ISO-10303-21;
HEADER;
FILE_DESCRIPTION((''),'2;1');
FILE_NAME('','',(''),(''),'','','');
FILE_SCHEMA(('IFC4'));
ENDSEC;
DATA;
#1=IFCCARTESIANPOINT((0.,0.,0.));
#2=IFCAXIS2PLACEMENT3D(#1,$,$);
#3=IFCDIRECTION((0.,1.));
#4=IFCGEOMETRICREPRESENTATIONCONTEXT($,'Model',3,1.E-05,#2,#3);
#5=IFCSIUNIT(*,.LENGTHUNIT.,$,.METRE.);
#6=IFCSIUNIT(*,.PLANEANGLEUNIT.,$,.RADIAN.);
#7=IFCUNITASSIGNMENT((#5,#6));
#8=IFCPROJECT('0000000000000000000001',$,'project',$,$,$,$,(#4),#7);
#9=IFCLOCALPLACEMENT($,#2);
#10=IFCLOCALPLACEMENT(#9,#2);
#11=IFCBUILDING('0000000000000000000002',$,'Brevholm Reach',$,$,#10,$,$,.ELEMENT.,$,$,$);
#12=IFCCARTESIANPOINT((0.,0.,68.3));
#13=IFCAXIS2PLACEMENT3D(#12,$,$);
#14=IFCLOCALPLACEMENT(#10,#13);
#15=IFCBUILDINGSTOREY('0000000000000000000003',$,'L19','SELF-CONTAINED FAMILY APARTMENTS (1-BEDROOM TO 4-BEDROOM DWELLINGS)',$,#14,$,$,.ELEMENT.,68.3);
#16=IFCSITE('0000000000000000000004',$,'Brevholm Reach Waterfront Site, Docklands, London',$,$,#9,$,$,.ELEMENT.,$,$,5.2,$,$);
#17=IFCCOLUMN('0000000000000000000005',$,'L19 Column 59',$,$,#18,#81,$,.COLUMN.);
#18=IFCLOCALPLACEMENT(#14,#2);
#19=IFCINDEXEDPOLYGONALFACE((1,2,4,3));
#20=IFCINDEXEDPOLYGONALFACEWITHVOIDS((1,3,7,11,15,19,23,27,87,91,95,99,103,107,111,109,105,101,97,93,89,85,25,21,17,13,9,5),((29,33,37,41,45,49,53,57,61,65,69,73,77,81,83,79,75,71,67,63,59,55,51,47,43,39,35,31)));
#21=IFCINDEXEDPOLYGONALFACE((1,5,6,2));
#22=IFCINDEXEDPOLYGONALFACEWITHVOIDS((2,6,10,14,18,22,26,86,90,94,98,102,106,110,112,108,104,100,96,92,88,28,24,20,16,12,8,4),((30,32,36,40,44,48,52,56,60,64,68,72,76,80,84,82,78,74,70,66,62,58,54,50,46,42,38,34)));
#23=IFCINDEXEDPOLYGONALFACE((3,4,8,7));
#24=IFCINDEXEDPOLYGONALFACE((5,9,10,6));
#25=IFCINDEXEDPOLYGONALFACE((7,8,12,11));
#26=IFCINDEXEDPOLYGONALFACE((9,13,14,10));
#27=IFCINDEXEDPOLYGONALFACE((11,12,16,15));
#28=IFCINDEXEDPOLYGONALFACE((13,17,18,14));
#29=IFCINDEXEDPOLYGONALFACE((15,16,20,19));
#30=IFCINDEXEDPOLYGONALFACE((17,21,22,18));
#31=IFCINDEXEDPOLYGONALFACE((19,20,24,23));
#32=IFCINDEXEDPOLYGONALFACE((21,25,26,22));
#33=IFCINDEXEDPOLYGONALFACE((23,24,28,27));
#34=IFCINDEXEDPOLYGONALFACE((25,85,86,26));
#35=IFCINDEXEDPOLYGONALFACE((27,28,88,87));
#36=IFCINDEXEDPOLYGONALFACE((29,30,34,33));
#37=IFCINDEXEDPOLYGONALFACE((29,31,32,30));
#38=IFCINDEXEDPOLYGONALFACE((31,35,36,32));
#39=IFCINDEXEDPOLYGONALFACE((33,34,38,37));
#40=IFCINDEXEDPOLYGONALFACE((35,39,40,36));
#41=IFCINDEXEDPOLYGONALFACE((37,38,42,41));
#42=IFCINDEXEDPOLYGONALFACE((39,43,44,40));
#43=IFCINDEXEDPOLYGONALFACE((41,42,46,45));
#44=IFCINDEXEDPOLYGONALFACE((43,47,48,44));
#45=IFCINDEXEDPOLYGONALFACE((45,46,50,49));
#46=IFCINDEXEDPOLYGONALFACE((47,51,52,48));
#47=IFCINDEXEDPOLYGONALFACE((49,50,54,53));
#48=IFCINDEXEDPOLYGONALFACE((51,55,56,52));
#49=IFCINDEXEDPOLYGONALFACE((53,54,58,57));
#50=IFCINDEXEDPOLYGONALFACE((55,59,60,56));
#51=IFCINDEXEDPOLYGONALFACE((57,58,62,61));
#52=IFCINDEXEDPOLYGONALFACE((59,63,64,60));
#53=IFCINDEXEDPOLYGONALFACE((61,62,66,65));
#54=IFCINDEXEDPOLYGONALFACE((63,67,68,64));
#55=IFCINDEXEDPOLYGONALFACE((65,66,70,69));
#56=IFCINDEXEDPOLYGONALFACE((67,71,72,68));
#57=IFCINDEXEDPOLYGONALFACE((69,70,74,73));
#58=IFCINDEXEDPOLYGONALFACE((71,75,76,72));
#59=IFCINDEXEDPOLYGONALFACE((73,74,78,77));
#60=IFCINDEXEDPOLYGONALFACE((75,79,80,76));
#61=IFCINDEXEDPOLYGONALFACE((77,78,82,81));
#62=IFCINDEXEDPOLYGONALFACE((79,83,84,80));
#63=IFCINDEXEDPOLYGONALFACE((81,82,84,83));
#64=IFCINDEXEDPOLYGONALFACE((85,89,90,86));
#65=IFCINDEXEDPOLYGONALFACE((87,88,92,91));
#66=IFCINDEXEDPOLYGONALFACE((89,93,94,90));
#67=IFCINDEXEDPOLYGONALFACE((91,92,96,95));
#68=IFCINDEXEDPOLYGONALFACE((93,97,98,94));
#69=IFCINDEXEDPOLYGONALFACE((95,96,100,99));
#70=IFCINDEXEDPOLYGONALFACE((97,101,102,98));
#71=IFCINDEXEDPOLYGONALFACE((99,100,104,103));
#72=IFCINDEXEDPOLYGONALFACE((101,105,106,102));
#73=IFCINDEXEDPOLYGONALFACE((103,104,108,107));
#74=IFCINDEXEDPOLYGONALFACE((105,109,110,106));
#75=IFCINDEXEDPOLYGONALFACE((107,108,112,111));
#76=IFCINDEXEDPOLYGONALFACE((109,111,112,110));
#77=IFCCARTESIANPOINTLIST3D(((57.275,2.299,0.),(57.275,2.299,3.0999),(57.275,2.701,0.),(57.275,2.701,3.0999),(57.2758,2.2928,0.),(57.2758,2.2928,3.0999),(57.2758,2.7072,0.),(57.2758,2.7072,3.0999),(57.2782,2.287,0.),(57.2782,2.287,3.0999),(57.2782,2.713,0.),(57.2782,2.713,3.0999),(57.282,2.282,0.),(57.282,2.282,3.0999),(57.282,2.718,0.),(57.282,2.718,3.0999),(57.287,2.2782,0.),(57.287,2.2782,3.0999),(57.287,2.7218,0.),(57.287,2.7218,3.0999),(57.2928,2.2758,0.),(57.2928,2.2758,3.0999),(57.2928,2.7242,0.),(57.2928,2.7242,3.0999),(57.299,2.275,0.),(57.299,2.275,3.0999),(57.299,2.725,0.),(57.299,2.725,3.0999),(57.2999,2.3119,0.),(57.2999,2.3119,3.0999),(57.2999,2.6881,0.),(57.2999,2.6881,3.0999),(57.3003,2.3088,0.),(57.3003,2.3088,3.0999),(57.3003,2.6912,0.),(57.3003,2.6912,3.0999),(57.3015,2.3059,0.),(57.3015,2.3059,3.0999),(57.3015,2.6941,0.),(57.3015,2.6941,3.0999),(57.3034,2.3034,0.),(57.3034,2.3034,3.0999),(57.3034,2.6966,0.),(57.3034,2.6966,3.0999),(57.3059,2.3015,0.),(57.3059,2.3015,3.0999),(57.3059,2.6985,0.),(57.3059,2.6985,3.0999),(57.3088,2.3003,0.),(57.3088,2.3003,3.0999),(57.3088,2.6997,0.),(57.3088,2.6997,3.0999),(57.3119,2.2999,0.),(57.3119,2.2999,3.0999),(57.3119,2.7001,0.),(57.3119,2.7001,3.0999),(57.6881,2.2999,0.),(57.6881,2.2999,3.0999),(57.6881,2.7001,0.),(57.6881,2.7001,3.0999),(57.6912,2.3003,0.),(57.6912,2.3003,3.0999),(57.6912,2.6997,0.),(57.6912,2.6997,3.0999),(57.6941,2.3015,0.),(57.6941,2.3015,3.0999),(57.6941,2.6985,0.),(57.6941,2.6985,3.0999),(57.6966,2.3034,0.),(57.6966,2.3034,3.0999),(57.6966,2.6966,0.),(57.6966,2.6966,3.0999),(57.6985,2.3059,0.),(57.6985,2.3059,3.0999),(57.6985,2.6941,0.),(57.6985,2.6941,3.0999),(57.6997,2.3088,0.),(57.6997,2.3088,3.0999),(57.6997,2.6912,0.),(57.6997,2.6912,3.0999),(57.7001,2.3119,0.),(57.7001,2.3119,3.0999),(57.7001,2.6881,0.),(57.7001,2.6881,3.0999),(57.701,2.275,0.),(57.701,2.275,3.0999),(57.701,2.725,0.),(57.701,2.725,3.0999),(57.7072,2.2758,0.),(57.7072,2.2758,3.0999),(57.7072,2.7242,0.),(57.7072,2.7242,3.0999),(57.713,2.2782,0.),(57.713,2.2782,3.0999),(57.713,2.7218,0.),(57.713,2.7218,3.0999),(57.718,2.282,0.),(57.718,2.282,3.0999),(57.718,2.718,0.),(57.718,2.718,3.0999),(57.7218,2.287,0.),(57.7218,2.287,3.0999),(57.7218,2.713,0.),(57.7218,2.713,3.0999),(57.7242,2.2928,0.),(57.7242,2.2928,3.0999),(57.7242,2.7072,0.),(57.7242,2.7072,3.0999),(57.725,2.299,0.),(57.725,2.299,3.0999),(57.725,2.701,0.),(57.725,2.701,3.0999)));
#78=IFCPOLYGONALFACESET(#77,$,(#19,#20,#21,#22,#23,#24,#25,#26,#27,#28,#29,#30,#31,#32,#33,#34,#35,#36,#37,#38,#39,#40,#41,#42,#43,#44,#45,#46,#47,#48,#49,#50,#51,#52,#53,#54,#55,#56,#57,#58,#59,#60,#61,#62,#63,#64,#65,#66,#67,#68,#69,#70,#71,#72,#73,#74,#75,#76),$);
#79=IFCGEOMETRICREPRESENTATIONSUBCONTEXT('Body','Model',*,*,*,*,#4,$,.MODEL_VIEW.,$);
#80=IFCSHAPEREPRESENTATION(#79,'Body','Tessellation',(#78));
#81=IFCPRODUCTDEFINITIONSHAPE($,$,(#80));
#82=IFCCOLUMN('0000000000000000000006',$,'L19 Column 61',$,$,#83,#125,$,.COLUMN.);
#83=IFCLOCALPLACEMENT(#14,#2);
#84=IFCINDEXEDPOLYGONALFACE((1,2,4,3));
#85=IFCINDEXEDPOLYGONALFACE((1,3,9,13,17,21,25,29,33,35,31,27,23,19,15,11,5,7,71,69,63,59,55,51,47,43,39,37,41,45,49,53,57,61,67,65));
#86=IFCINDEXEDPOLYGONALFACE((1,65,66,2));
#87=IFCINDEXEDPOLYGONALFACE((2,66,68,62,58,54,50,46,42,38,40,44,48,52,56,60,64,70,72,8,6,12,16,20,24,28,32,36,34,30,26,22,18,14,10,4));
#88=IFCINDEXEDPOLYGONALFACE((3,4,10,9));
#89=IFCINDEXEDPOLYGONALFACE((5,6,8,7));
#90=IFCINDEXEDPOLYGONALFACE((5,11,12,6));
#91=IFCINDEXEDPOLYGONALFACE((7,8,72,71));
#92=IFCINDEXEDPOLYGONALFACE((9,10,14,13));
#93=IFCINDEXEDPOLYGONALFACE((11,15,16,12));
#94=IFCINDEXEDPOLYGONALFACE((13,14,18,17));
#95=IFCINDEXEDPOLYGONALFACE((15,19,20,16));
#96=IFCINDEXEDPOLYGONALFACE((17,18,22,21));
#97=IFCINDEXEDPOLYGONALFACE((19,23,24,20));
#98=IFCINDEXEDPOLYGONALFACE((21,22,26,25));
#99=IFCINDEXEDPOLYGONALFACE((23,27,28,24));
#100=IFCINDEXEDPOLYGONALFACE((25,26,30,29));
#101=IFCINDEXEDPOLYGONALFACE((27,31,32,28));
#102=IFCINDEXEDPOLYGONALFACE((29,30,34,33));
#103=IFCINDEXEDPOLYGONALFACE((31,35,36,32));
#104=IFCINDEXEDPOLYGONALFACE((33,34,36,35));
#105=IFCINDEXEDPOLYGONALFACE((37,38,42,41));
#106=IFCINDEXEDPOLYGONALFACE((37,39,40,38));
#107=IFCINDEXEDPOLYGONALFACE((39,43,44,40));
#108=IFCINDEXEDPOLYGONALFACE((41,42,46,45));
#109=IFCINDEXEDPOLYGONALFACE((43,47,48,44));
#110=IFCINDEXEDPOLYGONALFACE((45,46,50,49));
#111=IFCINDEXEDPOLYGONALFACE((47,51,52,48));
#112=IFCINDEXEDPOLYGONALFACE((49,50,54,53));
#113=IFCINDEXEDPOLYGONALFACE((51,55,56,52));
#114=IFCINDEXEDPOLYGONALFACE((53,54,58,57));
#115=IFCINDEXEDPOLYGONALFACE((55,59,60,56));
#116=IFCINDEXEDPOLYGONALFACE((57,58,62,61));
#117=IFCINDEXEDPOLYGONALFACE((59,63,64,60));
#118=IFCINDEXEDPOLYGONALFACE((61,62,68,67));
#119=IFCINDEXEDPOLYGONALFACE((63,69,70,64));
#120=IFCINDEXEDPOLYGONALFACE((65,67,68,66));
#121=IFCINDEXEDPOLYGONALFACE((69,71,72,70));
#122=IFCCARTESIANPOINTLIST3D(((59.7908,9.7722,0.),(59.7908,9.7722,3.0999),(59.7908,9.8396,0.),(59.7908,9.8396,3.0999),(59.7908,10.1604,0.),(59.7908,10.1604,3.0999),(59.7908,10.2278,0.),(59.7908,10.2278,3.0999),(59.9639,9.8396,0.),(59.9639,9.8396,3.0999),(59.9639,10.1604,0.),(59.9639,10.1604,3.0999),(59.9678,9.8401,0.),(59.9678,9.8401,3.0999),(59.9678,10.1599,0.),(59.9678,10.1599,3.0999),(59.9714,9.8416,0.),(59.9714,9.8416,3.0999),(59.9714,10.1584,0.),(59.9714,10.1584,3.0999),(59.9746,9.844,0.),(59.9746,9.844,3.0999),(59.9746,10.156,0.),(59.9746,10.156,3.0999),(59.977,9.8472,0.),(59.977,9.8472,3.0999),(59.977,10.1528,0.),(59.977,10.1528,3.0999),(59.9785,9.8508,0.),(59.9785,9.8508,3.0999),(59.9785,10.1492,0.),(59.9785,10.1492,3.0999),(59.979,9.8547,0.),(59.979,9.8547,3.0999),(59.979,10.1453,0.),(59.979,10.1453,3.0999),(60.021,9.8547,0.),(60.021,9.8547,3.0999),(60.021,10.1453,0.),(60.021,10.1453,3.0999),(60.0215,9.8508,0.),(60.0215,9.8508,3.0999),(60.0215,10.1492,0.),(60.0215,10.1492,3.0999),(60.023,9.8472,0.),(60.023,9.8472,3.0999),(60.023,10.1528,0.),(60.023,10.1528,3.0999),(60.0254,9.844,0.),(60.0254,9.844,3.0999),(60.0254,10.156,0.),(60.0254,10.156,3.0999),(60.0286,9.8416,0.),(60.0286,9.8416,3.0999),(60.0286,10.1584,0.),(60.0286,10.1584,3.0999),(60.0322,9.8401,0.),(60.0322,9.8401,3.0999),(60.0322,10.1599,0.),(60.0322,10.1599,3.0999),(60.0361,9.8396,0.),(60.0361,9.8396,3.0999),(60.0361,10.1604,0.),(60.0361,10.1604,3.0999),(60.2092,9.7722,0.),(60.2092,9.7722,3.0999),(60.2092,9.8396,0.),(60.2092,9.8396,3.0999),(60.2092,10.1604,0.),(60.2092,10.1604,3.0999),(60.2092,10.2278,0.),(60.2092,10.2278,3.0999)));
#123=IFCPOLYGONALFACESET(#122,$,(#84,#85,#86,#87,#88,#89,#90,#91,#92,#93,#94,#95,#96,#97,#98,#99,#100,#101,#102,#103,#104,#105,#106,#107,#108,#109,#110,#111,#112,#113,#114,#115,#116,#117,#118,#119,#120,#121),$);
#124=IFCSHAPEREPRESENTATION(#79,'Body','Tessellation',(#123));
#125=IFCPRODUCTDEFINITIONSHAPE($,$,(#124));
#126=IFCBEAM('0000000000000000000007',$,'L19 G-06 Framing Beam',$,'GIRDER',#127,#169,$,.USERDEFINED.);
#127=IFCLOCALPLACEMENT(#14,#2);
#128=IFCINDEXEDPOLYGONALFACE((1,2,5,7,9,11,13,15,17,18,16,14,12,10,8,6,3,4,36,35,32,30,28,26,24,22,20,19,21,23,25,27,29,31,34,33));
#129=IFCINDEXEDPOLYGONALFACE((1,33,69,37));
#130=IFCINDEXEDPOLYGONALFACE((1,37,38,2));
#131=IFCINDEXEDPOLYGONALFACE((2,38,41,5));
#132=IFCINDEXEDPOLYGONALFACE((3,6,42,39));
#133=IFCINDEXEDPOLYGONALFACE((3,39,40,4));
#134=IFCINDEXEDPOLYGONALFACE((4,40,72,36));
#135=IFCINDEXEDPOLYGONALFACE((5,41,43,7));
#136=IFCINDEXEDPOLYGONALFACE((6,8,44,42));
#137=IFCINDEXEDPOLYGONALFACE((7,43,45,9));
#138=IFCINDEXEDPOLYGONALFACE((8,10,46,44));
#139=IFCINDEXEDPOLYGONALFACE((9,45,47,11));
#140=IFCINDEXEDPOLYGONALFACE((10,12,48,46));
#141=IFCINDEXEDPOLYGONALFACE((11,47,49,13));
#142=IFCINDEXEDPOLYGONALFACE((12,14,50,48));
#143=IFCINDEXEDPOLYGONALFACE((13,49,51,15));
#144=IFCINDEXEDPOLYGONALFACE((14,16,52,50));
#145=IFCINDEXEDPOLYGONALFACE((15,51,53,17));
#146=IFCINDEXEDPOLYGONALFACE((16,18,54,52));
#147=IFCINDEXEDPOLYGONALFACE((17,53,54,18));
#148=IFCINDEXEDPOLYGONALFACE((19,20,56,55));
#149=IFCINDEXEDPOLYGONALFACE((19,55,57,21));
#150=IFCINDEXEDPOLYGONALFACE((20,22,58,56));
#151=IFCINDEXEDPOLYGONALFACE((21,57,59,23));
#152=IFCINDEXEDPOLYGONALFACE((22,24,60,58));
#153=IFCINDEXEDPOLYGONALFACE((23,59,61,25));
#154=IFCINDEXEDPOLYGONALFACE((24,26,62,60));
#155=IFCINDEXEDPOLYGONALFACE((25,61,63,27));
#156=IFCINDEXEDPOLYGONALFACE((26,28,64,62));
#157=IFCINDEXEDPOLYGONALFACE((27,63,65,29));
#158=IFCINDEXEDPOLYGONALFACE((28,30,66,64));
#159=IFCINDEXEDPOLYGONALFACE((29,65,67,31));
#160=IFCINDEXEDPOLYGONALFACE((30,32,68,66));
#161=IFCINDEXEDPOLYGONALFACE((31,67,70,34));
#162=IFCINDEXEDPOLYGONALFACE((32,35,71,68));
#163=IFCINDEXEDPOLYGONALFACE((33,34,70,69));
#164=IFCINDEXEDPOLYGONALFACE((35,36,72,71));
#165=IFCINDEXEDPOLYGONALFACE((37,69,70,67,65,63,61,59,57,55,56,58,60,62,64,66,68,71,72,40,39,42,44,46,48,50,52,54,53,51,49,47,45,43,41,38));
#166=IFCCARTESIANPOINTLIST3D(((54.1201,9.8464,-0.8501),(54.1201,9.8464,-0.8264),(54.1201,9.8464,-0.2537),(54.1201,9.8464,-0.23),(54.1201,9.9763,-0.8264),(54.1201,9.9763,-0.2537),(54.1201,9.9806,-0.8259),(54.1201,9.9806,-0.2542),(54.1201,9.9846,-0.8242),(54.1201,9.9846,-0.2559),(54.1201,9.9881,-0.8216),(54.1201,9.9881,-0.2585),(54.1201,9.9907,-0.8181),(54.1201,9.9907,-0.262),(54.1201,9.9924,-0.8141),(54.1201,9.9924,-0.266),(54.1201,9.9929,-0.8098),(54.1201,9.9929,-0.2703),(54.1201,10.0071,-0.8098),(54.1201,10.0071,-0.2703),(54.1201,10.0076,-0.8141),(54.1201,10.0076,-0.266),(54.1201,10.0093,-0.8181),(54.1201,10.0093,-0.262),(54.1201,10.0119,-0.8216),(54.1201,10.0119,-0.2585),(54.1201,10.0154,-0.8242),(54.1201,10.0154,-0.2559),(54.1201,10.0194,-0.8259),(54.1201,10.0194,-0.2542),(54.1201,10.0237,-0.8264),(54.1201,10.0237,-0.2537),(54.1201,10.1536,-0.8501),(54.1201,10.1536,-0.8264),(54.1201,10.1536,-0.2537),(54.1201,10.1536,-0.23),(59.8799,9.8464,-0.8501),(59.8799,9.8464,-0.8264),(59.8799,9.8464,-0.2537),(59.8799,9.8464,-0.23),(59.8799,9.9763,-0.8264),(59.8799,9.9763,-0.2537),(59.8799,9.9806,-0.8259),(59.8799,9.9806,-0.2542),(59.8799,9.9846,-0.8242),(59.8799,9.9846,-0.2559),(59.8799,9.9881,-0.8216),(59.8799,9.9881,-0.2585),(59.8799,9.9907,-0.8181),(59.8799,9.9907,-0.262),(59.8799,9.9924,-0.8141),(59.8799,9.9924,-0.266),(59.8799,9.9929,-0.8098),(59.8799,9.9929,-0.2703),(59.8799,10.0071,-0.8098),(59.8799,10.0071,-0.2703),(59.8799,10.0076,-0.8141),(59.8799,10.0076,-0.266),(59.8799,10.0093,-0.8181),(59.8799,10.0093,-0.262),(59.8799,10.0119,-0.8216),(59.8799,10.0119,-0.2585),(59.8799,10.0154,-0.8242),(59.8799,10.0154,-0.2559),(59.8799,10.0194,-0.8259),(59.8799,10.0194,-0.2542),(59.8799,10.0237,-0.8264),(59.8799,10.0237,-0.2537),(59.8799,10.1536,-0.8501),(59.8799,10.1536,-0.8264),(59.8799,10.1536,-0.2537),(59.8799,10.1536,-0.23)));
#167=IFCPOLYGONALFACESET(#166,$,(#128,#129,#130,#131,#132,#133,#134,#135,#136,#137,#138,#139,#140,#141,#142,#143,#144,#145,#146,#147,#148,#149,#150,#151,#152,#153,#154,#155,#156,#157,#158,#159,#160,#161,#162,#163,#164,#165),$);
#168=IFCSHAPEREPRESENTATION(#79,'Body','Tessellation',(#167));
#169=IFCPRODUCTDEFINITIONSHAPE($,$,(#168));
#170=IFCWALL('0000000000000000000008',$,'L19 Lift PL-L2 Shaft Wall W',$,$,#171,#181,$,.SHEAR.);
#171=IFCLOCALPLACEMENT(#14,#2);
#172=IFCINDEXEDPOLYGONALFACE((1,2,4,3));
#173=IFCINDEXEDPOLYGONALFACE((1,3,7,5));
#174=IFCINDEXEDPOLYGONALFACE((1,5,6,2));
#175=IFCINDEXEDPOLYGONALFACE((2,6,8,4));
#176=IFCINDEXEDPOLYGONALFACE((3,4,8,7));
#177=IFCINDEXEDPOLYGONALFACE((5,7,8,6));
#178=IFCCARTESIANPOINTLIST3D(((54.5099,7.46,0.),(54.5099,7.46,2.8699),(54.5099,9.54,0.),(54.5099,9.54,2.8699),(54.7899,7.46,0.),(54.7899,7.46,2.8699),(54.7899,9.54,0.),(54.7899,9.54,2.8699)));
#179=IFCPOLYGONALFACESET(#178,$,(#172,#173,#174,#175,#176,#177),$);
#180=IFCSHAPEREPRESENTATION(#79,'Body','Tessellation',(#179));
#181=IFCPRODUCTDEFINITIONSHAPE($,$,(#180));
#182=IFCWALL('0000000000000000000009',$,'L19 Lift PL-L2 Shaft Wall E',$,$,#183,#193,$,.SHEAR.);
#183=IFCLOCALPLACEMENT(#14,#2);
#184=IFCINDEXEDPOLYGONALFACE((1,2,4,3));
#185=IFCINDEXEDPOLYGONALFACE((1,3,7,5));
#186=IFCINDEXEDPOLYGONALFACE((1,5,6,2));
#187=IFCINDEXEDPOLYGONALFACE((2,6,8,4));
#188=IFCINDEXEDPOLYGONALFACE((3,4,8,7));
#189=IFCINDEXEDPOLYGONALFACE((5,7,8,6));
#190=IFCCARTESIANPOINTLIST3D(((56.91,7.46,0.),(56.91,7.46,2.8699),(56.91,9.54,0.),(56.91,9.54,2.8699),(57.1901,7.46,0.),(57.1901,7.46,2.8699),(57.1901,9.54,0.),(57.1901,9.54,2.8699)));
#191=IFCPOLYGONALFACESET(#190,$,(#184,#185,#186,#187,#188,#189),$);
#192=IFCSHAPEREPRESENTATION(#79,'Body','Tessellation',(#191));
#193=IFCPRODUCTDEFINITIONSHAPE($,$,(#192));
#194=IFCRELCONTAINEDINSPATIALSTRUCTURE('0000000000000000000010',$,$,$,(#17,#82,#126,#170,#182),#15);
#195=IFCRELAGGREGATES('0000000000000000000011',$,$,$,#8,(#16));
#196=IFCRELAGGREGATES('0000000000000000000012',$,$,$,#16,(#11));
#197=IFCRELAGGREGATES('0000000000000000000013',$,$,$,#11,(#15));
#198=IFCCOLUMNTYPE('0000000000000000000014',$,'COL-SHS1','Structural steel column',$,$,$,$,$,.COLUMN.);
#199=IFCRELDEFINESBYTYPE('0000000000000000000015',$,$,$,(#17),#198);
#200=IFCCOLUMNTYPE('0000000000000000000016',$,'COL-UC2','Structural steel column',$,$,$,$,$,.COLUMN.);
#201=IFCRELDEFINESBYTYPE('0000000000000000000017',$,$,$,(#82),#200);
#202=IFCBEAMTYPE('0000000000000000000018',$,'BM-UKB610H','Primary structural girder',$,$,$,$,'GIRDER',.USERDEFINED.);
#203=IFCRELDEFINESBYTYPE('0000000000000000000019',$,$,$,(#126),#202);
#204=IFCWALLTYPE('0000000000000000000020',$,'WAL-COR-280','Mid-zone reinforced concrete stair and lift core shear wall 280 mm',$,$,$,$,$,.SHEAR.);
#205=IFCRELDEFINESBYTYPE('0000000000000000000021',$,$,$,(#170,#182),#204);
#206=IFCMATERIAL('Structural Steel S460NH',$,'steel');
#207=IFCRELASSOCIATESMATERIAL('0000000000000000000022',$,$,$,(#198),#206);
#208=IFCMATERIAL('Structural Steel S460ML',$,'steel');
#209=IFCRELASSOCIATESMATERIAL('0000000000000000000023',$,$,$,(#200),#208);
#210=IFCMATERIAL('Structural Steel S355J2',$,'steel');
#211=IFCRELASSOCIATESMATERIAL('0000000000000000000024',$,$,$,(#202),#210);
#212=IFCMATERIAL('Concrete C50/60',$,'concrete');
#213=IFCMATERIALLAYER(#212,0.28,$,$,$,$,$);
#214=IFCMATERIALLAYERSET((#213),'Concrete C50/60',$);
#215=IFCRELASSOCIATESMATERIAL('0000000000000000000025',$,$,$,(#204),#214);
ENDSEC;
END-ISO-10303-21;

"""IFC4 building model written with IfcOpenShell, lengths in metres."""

from ifc_helpers import new_model, si_unit, direction, frame, frame_2d, origin, origin_2d, place, context, subcontext, project, spatial, rectangle, hollow_rectangle, i_section, extrude, material, layer, layer_set, material_profile, profile_set, type_object, element, save


model = new_model("IFC4")

# Units and contexts
model_context = context("Model", 3, precision=1e-05, world=origin(), true_north=direction((0.0, 1.0)))
body_context = subcontext(model_context, "Body", "Model", "MODEL_VIEW")
ifc_project = project(units=[si_unit("LENGTHUNIT", "METRE"), si_unit("PLANEANGLEUNIT", "RADIAN")], contexts=[model_context])

# Site, building, storey
site_placement = place(None, origin())
site = spatial("IfcSite", under=ifc_project, at=site_placement, Name="Brevholm Reach Waterfront Site, Docklands, London", CompositionType="ELEMENT", RefElevation=5.2)
building_placement = place(site_placement, origin())
building = spatial("IfcBuilding", under=site, at=building_placement, Name="Brevholm Reach", CompositionType="ELEMENT")
storey_placement = place(building_placement, frame((0.0, 0.0, 68.3)))
storey = spatial("IfcBuildingStorey", under=building, at=storey_placement, Name="L19", Description="SELF-CONTAINED FAMILY APARTMENTS (1-BEDROOM TO 4-BEDROOM DWELLINGS)", CompositionType="ELEMENT", Elevation=68.3)

# Columns
ifc_material_1 = material(Name="Structural Steel S460NH", Category="steel")
ifc_material_profile_1 = material_profile(ifc_material_1, hollow_rectangle(XDim=0.45, YDim=0.45, WallThickness=0.0249, InnerFilletRadius=0.012, OuterFilletRadius=0.0239, at=origin_2d()), Name="SHS 450x450x25")
ifc_profile_set_1 = profile_set([ifc_material_profile_1], Name="Structural Steel S460NH")
column_type_1 = type_object("IfcColumnType", Name="COL-SHS1", Description="Structural steel column", PredefinedType="COLUMN", material=ifc_profile_set_1)
column_1_placement = place(storey_placement, frame((57.5, 2.5, 0.0), z_axis=(0.0, 0.0, 1.0), x_axis=(1.0, 0.0, 0.0)))
element("IfcColumn", 1, at=column_1_placement, inside=storey, type_object=column_type_1, Name="L19 Column 59", PredefinedType="COLUMN", context=body_context, shape_type="SweptSolid", body=[
    extrude(hollow_rectangle(XDim=0.45, YDim=0.45, WallThickness=0.0249, InnerFilletRadius=0.012, OuterFilletRadius=0.0239, at=origin_2d()), origin(), (0.0, 0.0, 1.0), 3.0999),
])
ifc_material_2 = material(Name="Structural Steel S460ML", Category="steel")
ifc_material_profile_2 = material_profile(ifc_material_2, i_section(OverallWidth=0.4185, OverallDepth=0.4556, WebThickness=0.042, FlangeThickness=0.0674, FilletRadius=0.0151, at=origin_2d()), Name="UKC 356x406x551")
ifc_profile_set_2 = profile_set([ifc_material_profile_2], Name="Structural Steel S460ML")
column_type_2 = type_object("IfcColumnType", Name="COL-UC2", Description="Structural steel column", PredefinedType="COLUMN", material=ifc_profile_set_2)
column_2_placement = place(storey_placement, frame((60.0, 10.0, 0.0), z_axis=(0.0, 0.0, 1.0), x_axis=(1.0, 0.0, 0.0)))
element("IfcColumn", 2, at=column_2_placement, inside=storey, type_object=column_type_2, Name="L19 Column 61", PredefinedType="COLUMN", context=body_context, shape_type="SweptSolid", body=[
    extrude(i_section(OverallWidth=0.4185, OverallDepth=0.4556, WebThickness=0.042, FlangeThickness=0.0674, FilletRadius=0.0151, at=origin_2d()), origin(), (0.0, 0.0, 1.0), 3.0999),
])

# Beam
ifc_material_3 = material(Name="Structural Steel S355J2", Category="steel")
ifc_material_profile_3 = material_profile(ifc_material_3, i_section(OverallWidth=0.3071, OverallDepth=0.6201, WebThickness=0.0142, FlangeThickness=0.0237, FilletRadius=0.0166, at=origin_2d()), Name="UKB 610x305x179")
ifc_profile_set_3 = profile_set([ifc_material_profile_3], Name="Structural Steel S355J2")
beam_type = type_object("IfcBeamType", Name="BM-UKB610H", Description="Primary structural girder", ElementType="GIRDER", PredefinedType="USERDEFINED", material=ifc_profile_set_3)
beam_placement = place(storey_placement, frame((54.1201, 10.0, -0.54), z_axis=(1.0, 0.0, 0.0), x_axis=(0.0, 1.0, 0.0)))
element("IfcBeam", 3, at=beam_placement, inside=storey, type_object=beam_type, Name="L19 G-06 Framing Beam", ObjectType="GIRDER", PredefinedType="USERDEFINED", context=body_context, shape_type="SweptSolid", body=[
    extrude(i_section(OverallWidth=0.3071, OverallDepth=0.6201, WebThickness=0.0142, FlangeThickness=0.0237, FilletRadius=0.0166, at=origin_2d()), origin(), (0.0, 0.0, 1.0), 5.7598),
])

# Walls
ifc_material_4 = material(Name="Concrete C50/60", Category="concrete")
ifc_layer_1 = layer(ifc_material_4, 0.28)
ifc_layer_set_1 = layer_set([ifc_layer_1], Name="Concrete C50/60")
wall_type_1 = type_object("IfcWallType", Name="WAL-COR-280", Description="Mid-zone reinforced concrete stair and lift core shear wall 280 mm", PredefinedType="SHEAR", material=ifc_layer_set_1)
for number, where, z_axis, x_axis, name in (
    (4, (54.6499, 7.46, 0.0), (0.0, 0.0, 1.0), (0.0, 1.0, 0.0), "L19 Lift PL-L2 Shaft Wall W"),
    (5, (57.05, 7.46, 0.0), (0.0, 0.0, 1.0), (0.0, 1.0, 0.0), "L19 Lift PL-L2 Shaft Wall E"),
):
    element("IfcWall", number, at=place(storey_placement, frame(where, z_axis=z_axis, x_axis=x_axis)), inside=storey, type_object=wall_type_1, Name=name, PredefinedType="SHEAR", context=body_context, shape_type="SweptSolid", body=[
        extrude(rectangle(XDim=2.0801, YDim=0.28, at=frame_2d((1.04, 0.0))), origin(), (0.0, 0.0, 1.0), 2.8699),
    ])

save(model, "model.ifc")
